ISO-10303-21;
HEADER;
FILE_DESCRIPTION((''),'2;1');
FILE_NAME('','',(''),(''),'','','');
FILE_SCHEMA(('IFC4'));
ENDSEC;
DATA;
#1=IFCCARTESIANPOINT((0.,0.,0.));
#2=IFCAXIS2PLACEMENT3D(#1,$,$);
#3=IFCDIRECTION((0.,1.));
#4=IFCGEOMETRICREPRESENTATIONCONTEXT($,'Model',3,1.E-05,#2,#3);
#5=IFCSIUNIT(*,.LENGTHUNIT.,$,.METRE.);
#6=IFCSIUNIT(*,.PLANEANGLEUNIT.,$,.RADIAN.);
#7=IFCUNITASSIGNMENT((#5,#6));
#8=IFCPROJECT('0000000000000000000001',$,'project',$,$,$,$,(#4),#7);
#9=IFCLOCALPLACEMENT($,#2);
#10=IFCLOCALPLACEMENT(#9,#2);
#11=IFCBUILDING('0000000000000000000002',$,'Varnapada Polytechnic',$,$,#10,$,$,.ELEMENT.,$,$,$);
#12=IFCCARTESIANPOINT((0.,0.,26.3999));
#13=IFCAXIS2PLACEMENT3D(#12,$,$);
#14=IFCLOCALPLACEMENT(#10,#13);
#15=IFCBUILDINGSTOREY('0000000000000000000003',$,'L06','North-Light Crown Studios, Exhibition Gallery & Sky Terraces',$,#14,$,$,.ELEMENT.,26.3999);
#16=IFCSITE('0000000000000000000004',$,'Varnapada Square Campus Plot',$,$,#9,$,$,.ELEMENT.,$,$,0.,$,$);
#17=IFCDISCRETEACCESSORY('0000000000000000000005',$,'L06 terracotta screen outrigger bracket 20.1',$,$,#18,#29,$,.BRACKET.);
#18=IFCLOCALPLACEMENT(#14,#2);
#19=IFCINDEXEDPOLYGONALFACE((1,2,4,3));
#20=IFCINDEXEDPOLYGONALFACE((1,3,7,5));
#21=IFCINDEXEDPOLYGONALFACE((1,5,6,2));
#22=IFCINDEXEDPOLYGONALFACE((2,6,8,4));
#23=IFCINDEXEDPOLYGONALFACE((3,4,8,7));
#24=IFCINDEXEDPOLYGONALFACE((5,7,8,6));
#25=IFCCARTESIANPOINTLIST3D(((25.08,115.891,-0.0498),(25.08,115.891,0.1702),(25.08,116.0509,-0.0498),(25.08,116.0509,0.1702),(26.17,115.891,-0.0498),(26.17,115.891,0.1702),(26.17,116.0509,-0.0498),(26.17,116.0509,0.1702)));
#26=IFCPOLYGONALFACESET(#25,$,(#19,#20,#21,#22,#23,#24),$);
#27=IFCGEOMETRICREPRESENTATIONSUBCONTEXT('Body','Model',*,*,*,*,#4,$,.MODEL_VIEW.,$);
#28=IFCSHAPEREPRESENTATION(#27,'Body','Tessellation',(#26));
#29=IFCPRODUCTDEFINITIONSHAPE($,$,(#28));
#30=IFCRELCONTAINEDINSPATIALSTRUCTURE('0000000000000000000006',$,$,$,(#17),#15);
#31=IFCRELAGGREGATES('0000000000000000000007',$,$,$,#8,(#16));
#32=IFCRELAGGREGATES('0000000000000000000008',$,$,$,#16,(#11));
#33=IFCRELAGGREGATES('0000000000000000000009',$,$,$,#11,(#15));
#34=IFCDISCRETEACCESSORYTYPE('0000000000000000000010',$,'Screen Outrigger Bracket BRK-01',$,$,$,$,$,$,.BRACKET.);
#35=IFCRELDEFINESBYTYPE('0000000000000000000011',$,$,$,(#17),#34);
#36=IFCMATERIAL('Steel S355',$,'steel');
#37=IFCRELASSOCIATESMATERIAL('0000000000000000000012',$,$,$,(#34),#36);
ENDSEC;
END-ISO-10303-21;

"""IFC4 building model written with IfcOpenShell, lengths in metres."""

from ifc_helpers import new_model, si_unit, direction, frame, origin, origin_2d, place, context, subcontext, project, spatial, rectangle, extrude, material, type_object, element, save


model = new_model("IFC4")

# Units and contexts
model_context = context("Model", 3, precision=1e-05, world=origin(), true_north=direction((0.0, 1.0)))
body_context = subcontext(model_context, "Body", "Model", "MODEL_VIEW")
ifc_project = project(units=[si_unit("LENGTHUNIT", "METRE"), si_unit("PLANEANGLEUNIT", "RADIAN")], contexts=[model_context])

# Site, building, storey
site_placement = place(None, origin())
site = spatial("IfcSite", under=ifc_project, at=site_placement, Name="Varnapada Square Campus Plot", CompositionType="ELEMENT", RefElevation=0.0)
building_placement = place(site_placement, origin())
building = spatial("IfcBuilding", under=site, at=building_placement, Name="Varnapada Polytechnic", CompositionType="ELEMENT")
storey_placement = place(building_placement, frame((0.0, 0.0, 26.3999)))
storey = spatial("IfcBuildingStorey", under=building, at=storey_placement, Name="L06", Description="North-Light Crown Studios, Exhibition Gallery & Sky Terraces", CompositionType="ELEMENT", Elevation=26.3999)

# Discrete accessory
ifc_material_1 = material(Name="Steel S355", Category="steel")
discrete_accessory_type = type_object("IfcDiscreteAccessoryType", Name="Screen Outrigger Bracket BRK-01", PredefinedType="BRACKET", material=ifc_material_1)
discrete_accessory_placement = place(storey_placement, frame((25.625, 115.9709, -0.0498), z_axis=(0.0, 0.0, 1.0), x_axis=(0.0, -1.0, 0.0)))
element("IfcDiscreteAccessory", 1, at=discrete_accessory_placement, inside=storey, type_object=discrete_accessory_type, Name="L06 terracotta screen outrigger bracket 20.1", PredefinedType="BRACKET", context=body_context, shape_type="SweptSolid", body=[
    extrude(rectangle(XDim=0.1599, YDim=1.0901, at=origin_2d()), origin(), (0.0, 0.0, 1.0), 0.22),
])

save(model, "model.ifc")
